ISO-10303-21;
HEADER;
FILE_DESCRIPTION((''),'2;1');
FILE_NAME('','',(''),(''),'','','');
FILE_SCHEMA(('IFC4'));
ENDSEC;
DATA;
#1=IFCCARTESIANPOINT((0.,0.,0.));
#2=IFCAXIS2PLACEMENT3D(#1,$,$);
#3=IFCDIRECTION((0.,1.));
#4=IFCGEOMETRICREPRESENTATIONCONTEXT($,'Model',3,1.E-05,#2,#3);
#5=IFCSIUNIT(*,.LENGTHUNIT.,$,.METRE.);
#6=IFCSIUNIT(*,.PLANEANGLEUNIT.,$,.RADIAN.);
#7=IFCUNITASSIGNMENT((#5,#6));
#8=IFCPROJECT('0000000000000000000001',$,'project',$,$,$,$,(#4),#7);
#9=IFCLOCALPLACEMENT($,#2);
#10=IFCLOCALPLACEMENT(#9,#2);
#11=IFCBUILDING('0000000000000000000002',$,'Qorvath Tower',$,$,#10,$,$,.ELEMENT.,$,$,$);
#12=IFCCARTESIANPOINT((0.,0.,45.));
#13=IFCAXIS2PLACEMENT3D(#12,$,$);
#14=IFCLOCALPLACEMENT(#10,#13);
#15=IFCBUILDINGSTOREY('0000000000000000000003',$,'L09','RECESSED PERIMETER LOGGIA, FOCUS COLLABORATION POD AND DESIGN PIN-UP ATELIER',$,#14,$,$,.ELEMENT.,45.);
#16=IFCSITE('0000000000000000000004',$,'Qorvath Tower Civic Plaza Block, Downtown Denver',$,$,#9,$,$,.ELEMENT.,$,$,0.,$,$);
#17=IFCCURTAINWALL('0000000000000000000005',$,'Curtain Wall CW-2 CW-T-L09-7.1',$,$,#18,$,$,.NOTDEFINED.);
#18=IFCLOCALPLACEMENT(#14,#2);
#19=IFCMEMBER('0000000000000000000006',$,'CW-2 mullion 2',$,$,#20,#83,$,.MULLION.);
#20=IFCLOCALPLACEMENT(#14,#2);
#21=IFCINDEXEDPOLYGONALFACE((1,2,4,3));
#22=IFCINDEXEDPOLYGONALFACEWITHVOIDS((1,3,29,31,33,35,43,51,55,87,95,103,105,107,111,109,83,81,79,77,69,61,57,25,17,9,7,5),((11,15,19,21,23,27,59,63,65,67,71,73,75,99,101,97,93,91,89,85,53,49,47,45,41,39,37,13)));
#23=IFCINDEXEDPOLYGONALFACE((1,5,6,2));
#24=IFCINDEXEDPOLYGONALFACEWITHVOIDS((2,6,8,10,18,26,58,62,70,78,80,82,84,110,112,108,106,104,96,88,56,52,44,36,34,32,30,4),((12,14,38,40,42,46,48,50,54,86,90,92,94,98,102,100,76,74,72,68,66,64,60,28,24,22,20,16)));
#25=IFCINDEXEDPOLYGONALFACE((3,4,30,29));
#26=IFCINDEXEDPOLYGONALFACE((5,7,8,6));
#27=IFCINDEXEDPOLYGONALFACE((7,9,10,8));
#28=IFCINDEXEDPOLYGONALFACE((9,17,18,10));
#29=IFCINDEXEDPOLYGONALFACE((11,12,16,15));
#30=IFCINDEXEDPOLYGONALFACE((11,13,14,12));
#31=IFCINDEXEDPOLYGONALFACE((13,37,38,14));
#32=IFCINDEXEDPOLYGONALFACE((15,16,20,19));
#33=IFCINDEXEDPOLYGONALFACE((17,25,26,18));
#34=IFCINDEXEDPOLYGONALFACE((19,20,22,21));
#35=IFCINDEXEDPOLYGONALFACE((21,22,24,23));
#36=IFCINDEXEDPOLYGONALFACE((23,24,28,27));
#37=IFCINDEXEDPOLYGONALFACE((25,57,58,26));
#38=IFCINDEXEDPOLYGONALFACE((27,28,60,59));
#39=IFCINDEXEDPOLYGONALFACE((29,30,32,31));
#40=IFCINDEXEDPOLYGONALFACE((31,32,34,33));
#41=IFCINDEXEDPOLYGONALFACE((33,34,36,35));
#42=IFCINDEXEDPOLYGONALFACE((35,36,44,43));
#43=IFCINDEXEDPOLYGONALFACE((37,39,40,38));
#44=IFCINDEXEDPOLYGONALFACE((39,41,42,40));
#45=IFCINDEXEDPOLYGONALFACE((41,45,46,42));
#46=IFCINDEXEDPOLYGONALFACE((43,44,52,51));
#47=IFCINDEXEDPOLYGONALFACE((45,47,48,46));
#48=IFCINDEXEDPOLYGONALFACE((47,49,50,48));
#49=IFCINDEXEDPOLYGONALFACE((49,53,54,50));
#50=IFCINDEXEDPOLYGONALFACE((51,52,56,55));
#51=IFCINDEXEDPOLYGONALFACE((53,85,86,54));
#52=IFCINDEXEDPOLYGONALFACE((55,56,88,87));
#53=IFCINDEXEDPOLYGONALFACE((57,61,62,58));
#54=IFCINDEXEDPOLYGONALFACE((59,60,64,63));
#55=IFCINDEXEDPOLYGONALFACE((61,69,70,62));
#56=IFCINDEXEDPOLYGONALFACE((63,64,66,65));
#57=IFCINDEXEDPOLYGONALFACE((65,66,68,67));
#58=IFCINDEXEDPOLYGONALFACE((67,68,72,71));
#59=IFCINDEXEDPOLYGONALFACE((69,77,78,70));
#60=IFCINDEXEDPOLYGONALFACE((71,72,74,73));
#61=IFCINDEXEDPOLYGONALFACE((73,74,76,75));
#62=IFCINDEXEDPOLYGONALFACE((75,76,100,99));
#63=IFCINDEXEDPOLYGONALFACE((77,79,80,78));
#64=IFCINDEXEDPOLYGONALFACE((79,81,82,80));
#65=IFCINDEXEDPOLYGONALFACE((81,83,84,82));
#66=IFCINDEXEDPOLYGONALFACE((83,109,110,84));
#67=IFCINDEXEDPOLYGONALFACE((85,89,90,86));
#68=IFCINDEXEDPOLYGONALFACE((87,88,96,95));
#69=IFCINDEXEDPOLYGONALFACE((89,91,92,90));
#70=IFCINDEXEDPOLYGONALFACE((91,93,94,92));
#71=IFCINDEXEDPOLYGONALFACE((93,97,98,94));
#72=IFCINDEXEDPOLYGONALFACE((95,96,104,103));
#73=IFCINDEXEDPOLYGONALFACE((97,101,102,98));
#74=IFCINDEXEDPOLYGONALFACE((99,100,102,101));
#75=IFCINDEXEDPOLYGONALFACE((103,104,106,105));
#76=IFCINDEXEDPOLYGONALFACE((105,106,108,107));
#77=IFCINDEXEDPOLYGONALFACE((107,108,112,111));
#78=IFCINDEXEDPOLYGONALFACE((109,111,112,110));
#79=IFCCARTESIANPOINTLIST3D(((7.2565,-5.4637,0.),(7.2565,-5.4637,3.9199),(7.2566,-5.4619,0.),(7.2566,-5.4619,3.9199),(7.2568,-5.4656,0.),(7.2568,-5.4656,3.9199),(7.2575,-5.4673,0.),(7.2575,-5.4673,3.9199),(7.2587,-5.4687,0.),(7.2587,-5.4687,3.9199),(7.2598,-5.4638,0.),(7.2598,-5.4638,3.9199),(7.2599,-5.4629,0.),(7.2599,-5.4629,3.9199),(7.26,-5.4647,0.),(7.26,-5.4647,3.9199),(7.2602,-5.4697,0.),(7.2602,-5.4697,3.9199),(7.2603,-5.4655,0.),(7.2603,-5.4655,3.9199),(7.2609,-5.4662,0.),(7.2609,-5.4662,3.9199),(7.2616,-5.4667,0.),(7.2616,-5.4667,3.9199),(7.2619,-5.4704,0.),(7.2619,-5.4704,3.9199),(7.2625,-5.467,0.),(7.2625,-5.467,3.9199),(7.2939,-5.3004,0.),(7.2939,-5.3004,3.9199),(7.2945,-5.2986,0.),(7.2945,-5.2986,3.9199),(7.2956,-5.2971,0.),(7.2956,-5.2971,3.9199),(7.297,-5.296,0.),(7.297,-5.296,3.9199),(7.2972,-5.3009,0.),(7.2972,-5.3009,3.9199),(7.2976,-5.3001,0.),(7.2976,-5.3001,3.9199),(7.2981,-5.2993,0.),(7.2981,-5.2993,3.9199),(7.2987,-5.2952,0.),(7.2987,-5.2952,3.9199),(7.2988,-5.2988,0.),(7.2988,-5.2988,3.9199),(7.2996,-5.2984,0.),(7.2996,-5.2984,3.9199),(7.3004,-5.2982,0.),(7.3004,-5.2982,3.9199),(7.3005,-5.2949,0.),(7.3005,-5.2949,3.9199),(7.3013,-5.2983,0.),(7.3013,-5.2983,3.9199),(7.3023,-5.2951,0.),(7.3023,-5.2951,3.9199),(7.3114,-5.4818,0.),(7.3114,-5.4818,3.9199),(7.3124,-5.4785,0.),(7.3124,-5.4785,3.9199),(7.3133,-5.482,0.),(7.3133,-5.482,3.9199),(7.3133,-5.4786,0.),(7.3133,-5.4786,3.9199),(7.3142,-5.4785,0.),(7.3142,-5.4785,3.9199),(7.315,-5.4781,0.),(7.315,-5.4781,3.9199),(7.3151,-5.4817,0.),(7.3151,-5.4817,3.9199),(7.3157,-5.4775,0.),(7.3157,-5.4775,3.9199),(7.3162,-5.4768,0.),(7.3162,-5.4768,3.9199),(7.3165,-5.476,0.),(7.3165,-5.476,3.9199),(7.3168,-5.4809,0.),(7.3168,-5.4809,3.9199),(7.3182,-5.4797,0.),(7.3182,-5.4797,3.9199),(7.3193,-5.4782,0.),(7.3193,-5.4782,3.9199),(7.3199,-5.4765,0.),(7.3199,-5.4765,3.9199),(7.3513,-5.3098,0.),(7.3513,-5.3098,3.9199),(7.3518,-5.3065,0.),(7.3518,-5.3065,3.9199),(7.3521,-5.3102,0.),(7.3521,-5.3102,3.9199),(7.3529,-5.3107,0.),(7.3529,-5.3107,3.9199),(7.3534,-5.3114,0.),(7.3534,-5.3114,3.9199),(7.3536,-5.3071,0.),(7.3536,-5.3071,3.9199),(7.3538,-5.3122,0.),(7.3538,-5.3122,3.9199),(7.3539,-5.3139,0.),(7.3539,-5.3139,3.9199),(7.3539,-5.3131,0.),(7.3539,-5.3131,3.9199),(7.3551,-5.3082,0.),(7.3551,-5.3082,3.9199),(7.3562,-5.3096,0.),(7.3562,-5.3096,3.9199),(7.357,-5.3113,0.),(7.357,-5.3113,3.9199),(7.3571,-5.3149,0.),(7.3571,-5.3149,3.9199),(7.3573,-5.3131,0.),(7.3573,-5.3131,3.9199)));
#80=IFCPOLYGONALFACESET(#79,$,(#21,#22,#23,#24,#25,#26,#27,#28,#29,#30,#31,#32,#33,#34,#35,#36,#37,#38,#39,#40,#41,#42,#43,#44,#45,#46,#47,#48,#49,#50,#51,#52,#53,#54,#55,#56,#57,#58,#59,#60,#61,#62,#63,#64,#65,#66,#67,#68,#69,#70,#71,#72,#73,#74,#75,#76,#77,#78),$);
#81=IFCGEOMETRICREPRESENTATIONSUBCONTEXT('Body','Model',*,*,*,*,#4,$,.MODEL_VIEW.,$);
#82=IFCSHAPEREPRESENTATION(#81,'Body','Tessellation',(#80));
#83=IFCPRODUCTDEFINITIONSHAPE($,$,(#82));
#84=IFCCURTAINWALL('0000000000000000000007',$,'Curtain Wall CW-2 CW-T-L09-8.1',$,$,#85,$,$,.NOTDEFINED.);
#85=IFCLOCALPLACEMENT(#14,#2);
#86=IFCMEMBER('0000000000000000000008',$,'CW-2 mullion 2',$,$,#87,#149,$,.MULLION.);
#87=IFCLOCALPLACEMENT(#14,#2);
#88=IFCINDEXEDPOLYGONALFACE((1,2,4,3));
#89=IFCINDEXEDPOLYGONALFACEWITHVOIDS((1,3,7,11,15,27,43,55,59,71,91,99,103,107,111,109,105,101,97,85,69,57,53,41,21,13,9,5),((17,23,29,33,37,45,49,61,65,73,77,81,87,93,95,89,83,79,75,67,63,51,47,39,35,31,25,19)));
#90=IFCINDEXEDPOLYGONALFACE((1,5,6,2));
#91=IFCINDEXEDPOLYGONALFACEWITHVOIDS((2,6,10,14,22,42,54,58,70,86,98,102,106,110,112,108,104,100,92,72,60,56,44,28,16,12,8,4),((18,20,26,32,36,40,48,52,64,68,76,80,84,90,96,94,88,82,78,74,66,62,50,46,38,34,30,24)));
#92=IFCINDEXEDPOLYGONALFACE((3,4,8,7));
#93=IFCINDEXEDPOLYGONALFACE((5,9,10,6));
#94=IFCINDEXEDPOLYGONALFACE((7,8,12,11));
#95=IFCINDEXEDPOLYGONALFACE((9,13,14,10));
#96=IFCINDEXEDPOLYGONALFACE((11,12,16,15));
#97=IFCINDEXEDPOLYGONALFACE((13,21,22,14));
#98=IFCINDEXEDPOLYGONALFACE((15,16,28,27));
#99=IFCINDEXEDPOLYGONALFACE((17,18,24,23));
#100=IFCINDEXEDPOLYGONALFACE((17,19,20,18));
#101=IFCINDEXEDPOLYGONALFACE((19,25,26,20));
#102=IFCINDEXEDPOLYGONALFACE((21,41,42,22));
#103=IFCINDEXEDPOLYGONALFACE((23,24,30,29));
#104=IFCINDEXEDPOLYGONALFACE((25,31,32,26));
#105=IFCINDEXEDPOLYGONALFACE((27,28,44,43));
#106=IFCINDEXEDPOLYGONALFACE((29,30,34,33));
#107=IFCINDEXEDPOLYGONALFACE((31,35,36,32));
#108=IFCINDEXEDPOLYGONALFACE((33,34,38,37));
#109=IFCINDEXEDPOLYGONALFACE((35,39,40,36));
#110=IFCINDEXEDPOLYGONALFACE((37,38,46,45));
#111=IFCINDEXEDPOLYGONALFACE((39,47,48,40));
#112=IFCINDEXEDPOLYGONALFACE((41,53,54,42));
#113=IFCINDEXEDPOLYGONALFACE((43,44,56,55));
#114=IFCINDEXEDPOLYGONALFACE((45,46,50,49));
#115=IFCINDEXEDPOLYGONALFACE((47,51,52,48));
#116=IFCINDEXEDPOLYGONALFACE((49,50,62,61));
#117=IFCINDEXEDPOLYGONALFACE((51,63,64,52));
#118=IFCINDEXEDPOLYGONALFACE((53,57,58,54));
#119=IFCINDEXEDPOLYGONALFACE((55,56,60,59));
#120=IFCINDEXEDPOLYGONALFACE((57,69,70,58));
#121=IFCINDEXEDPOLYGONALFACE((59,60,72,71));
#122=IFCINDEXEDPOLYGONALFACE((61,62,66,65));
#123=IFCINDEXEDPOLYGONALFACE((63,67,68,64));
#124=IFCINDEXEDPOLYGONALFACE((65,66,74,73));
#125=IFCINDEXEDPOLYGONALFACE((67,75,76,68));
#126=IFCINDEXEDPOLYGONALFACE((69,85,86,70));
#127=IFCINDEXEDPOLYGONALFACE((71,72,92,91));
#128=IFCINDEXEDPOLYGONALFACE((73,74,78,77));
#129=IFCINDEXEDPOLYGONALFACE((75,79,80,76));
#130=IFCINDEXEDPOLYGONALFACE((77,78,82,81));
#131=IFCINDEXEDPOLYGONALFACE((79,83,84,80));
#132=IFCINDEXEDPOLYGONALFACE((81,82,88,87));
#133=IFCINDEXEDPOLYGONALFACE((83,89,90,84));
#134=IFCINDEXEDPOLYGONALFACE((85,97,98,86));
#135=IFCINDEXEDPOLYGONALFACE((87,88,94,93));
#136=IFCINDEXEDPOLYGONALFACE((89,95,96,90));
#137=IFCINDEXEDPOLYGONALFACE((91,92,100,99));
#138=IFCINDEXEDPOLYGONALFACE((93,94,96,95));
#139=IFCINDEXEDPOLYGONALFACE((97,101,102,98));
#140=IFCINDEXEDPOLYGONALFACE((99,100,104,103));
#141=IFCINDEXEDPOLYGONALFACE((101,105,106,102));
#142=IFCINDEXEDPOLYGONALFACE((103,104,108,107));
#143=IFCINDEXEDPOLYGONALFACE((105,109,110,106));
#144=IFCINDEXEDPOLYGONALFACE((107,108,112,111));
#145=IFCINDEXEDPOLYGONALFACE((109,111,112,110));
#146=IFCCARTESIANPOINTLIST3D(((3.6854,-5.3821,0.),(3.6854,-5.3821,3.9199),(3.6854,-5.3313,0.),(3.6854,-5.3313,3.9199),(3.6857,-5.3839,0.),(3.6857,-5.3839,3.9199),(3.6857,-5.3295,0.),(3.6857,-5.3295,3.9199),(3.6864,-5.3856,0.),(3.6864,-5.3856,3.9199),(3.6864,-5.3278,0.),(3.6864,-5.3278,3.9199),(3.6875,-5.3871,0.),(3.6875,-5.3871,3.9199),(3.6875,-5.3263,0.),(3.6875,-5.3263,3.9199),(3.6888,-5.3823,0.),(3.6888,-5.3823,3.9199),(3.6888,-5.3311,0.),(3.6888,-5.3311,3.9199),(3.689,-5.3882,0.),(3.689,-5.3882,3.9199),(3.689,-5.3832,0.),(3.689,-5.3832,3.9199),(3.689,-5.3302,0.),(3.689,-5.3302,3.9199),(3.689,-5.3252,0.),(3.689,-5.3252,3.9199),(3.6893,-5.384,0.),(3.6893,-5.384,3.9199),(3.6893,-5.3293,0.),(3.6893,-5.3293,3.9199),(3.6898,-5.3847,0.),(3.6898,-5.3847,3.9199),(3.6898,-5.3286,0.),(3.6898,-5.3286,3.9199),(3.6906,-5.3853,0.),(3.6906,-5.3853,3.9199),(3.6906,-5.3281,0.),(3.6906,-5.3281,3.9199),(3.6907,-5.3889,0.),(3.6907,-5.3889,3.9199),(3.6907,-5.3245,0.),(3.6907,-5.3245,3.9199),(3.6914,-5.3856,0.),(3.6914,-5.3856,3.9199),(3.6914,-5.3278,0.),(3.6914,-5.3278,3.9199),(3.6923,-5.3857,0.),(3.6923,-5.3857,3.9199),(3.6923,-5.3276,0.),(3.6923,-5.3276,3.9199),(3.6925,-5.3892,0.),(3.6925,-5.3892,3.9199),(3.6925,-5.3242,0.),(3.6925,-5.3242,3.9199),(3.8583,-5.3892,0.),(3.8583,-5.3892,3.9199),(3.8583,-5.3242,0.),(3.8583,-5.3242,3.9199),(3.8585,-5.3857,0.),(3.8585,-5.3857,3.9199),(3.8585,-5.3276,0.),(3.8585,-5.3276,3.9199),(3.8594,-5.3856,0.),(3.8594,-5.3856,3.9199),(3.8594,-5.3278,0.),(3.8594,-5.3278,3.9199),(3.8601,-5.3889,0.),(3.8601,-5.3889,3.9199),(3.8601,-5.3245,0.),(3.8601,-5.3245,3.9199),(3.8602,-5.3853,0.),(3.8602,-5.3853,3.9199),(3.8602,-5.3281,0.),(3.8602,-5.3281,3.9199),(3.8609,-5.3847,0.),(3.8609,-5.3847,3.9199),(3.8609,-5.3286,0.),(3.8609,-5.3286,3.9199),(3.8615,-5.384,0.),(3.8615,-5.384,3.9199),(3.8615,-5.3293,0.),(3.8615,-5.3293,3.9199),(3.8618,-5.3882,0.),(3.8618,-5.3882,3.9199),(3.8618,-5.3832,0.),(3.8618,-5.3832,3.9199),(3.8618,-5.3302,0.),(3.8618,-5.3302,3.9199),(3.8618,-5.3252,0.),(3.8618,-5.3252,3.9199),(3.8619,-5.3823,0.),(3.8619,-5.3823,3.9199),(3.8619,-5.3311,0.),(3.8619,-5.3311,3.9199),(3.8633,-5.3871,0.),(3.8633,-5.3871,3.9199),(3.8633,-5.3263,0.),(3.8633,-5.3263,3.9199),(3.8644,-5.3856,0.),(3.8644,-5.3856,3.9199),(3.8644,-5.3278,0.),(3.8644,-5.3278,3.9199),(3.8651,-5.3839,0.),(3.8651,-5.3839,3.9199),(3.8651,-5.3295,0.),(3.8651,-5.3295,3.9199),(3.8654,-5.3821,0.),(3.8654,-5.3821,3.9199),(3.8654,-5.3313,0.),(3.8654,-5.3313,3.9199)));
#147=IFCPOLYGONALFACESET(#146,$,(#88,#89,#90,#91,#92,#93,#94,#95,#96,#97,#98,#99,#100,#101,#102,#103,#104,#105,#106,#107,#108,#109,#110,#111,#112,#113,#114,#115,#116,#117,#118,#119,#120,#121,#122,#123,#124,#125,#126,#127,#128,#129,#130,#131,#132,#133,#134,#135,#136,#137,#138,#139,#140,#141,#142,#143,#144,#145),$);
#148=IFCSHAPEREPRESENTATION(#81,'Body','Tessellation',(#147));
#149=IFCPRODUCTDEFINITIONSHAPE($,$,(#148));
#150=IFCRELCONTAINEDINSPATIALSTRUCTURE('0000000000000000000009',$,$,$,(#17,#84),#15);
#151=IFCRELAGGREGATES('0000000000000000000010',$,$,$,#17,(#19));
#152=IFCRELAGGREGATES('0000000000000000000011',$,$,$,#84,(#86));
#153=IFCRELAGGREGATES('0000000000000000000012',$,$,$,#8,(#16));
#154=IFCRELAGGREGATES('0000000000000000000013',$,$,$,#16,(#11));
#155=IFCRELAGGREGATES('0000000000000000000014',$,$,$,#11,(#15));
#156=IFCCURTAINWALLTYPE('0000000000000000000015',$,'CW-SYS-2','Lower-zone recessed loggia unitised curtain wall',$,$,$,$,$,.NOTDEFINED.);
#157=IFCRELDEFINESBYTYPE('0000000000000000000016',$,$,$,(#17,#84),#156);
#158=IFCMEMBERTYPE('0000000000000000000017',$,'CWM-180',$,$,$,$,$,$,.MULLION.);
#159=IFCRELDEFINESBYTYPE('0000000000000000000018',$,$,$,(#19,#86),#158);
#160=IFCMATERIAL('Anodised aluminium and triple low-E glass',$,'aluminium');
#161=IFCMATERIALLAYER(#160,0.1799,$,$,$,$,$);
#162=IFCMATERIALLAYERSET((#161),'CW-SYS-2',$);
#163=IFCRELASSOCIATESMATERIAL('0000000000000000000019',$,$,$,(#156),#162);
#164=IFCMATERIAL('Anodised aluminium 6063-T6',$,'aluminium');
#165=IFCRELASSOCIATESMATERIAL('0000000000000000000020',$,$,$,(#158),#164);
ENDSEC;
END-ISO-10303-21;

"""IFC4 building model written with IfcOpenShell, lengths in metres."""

from ifc_helpers import new_model, si_unit, direction, frame, origin, origin_2d, place, context, subcontext, project, spatial, hollow_rectangle, extrude, material, layer, layer_set, material_profile, profile_set, type_object, element, aggregate, save


model = new_model("IFC4")

# Units and contexts
model_context = context("Model", 3, precision=1e-05, world=origin(), true_north=direction((0.0, 1.0)))
body_context = subcontext(model_context, "Body", "Model", "MODEL_VIEW")
ifc_project = project(units=[si_unit("LENGTHUNIT", "METRE"), si_unit("PLANEANGLEUNIT", "RADIAN")], contexts=[model_context])

# Site, building, storey
site_placement = place(None, origin())
site = spatial("IfcSite", under=ifc_project, at=site_placement, Name="Qorvath Tower Civic Plaza Block, Downtown Denver", CompositionType="ELEMENT", RefElevation=0.0)
building_placement = place(site_placement, origin())
building = spatial("IfcBuilding", under=site, at=building_placement, Name="Qorvath Tower", CompositionType="ELEMENT")
storey_placement = place(building_placement, frame((0.0, 0.0, 45.0)))
storey = spatial("IfcBuildingStorey", under=building, at=storey_placement, Name="L09", Description="RECESSED PERIMETER LOGGIA, FOCUS COLLABORATION POD AND DESIGN PIN-UP ATELIER", CompositionType="ELEMENT", Elevation=45.0)

# Shared definitions
ifc_material_1 = material(Name="Anodised aluminium and triple low-E glass", Category="aluminium")
ifc_layer_1 = layer(ifc_material_1, 0.1799)
ifc_layer_set_1 = layer_set([ifc_layer_1], Name="CW-SYS-2")
curtain_wall_type = type_object("IfcCurtainWallType", Name="CW-SYS-2", Description="Lower-zone recessed loggia unitised curtain wall", PredefinedType="NOTDEFINED", material=ifc_layer_set_1)
ifc_material_2 = material(Name="Anodised aluminium 6063-T6", Category="aluminium")
ifc_material_profile_1 = material_profile(ifc_material_2, hollow_rectangle(XDim=0.0649, YDim=0.1799, WallThickness=0.0034, InnerFilletRadius=0.0034, OuterFilletRadius=0.0071, at=origin_2d()), Name="CWM 180x65")
ifc_profile_set_1 = profile_set([ifc_material_profile_1], Name="Anodised aluminium 6063-T6")
member_type_1 = type_object("IfcMemberType", Name="CWM-180", PredefinedType="MULLION", material=ifc_profile_set_1)

# Curtain wall, member
curtain_wall_1_placement = place(storey_placement, origin())
curtain_wall_1 = element("IfcCurtainWall", 1, at=curtain_wall_1_placement, inside=storey, type_object=curtain_wall_type, Name="Curtain Wall CW-2 CW-T-L09-7.1", PredefinedType="NOTDEFINED")
member_1_placement = place(storey_placement, frame((7.3069, -5.3884, 0.0), z_axis=(0.0, 0.0, 1.0), x_axis=(-0.974466, 0.224535, 0.0)))
member_1 = element("IfcMember", 2, at=member_1_placement, type_object=member_type_1, Name="CW-2 mullion 2", PredefinedType="MULLION", context=body_context, shape_type="SweptSolid", body=[
    extrude(hollow_rectangle(XDim=0.0649, YDim=0.1799, WallThickness=0.0034, InnerFilletRadius=0.0034, OuterFilletRadius=0.0071, at=origin_2d()), origin(), (0.0, 0.0, 1.0), 3.9199),
])

# Curtain wall, member
curtain_wall_2_placement = place(storey_placement, origin())
curtain_wall_2 = element("IfcCurtainWall", 3, at=curtain_wall_2_placement, inside=storey, type_object=curtain_wall_type, Name="Curtain Wall CW-2 CW-T-L09-8.1", PredefinedType="NOTDEFINED")
member_2_placement = place(storey_placement, frame((3.7754, -5.3567, 0.0), z_axis=(0.0, 0.0, 1.0), x_axis=(0.0, -1.0, 0.0)))
member_2 = element("IfcMember", 4, at=member_2_placement, type_object=member_type_1, Name="CW-2 mullion 2", PredefinedType="MULLION", context=body_context, shape_type="SweptSolid", body=[
    extrude(hollow_rectangle(XDim=0.0649, YDim=0.1799, WallThickness=0.0034, InnerFilletRadius=0.0034, OuterFilletRadius=0.0071, at=origin_2d()), origin(), (0.0, 0.0, 1.0), 3.9199),
])

aggregate(curtain_wall_1, [member_1])
aggregate(curtain_wall_2, [member_2])

save(model, "model.ifc")
